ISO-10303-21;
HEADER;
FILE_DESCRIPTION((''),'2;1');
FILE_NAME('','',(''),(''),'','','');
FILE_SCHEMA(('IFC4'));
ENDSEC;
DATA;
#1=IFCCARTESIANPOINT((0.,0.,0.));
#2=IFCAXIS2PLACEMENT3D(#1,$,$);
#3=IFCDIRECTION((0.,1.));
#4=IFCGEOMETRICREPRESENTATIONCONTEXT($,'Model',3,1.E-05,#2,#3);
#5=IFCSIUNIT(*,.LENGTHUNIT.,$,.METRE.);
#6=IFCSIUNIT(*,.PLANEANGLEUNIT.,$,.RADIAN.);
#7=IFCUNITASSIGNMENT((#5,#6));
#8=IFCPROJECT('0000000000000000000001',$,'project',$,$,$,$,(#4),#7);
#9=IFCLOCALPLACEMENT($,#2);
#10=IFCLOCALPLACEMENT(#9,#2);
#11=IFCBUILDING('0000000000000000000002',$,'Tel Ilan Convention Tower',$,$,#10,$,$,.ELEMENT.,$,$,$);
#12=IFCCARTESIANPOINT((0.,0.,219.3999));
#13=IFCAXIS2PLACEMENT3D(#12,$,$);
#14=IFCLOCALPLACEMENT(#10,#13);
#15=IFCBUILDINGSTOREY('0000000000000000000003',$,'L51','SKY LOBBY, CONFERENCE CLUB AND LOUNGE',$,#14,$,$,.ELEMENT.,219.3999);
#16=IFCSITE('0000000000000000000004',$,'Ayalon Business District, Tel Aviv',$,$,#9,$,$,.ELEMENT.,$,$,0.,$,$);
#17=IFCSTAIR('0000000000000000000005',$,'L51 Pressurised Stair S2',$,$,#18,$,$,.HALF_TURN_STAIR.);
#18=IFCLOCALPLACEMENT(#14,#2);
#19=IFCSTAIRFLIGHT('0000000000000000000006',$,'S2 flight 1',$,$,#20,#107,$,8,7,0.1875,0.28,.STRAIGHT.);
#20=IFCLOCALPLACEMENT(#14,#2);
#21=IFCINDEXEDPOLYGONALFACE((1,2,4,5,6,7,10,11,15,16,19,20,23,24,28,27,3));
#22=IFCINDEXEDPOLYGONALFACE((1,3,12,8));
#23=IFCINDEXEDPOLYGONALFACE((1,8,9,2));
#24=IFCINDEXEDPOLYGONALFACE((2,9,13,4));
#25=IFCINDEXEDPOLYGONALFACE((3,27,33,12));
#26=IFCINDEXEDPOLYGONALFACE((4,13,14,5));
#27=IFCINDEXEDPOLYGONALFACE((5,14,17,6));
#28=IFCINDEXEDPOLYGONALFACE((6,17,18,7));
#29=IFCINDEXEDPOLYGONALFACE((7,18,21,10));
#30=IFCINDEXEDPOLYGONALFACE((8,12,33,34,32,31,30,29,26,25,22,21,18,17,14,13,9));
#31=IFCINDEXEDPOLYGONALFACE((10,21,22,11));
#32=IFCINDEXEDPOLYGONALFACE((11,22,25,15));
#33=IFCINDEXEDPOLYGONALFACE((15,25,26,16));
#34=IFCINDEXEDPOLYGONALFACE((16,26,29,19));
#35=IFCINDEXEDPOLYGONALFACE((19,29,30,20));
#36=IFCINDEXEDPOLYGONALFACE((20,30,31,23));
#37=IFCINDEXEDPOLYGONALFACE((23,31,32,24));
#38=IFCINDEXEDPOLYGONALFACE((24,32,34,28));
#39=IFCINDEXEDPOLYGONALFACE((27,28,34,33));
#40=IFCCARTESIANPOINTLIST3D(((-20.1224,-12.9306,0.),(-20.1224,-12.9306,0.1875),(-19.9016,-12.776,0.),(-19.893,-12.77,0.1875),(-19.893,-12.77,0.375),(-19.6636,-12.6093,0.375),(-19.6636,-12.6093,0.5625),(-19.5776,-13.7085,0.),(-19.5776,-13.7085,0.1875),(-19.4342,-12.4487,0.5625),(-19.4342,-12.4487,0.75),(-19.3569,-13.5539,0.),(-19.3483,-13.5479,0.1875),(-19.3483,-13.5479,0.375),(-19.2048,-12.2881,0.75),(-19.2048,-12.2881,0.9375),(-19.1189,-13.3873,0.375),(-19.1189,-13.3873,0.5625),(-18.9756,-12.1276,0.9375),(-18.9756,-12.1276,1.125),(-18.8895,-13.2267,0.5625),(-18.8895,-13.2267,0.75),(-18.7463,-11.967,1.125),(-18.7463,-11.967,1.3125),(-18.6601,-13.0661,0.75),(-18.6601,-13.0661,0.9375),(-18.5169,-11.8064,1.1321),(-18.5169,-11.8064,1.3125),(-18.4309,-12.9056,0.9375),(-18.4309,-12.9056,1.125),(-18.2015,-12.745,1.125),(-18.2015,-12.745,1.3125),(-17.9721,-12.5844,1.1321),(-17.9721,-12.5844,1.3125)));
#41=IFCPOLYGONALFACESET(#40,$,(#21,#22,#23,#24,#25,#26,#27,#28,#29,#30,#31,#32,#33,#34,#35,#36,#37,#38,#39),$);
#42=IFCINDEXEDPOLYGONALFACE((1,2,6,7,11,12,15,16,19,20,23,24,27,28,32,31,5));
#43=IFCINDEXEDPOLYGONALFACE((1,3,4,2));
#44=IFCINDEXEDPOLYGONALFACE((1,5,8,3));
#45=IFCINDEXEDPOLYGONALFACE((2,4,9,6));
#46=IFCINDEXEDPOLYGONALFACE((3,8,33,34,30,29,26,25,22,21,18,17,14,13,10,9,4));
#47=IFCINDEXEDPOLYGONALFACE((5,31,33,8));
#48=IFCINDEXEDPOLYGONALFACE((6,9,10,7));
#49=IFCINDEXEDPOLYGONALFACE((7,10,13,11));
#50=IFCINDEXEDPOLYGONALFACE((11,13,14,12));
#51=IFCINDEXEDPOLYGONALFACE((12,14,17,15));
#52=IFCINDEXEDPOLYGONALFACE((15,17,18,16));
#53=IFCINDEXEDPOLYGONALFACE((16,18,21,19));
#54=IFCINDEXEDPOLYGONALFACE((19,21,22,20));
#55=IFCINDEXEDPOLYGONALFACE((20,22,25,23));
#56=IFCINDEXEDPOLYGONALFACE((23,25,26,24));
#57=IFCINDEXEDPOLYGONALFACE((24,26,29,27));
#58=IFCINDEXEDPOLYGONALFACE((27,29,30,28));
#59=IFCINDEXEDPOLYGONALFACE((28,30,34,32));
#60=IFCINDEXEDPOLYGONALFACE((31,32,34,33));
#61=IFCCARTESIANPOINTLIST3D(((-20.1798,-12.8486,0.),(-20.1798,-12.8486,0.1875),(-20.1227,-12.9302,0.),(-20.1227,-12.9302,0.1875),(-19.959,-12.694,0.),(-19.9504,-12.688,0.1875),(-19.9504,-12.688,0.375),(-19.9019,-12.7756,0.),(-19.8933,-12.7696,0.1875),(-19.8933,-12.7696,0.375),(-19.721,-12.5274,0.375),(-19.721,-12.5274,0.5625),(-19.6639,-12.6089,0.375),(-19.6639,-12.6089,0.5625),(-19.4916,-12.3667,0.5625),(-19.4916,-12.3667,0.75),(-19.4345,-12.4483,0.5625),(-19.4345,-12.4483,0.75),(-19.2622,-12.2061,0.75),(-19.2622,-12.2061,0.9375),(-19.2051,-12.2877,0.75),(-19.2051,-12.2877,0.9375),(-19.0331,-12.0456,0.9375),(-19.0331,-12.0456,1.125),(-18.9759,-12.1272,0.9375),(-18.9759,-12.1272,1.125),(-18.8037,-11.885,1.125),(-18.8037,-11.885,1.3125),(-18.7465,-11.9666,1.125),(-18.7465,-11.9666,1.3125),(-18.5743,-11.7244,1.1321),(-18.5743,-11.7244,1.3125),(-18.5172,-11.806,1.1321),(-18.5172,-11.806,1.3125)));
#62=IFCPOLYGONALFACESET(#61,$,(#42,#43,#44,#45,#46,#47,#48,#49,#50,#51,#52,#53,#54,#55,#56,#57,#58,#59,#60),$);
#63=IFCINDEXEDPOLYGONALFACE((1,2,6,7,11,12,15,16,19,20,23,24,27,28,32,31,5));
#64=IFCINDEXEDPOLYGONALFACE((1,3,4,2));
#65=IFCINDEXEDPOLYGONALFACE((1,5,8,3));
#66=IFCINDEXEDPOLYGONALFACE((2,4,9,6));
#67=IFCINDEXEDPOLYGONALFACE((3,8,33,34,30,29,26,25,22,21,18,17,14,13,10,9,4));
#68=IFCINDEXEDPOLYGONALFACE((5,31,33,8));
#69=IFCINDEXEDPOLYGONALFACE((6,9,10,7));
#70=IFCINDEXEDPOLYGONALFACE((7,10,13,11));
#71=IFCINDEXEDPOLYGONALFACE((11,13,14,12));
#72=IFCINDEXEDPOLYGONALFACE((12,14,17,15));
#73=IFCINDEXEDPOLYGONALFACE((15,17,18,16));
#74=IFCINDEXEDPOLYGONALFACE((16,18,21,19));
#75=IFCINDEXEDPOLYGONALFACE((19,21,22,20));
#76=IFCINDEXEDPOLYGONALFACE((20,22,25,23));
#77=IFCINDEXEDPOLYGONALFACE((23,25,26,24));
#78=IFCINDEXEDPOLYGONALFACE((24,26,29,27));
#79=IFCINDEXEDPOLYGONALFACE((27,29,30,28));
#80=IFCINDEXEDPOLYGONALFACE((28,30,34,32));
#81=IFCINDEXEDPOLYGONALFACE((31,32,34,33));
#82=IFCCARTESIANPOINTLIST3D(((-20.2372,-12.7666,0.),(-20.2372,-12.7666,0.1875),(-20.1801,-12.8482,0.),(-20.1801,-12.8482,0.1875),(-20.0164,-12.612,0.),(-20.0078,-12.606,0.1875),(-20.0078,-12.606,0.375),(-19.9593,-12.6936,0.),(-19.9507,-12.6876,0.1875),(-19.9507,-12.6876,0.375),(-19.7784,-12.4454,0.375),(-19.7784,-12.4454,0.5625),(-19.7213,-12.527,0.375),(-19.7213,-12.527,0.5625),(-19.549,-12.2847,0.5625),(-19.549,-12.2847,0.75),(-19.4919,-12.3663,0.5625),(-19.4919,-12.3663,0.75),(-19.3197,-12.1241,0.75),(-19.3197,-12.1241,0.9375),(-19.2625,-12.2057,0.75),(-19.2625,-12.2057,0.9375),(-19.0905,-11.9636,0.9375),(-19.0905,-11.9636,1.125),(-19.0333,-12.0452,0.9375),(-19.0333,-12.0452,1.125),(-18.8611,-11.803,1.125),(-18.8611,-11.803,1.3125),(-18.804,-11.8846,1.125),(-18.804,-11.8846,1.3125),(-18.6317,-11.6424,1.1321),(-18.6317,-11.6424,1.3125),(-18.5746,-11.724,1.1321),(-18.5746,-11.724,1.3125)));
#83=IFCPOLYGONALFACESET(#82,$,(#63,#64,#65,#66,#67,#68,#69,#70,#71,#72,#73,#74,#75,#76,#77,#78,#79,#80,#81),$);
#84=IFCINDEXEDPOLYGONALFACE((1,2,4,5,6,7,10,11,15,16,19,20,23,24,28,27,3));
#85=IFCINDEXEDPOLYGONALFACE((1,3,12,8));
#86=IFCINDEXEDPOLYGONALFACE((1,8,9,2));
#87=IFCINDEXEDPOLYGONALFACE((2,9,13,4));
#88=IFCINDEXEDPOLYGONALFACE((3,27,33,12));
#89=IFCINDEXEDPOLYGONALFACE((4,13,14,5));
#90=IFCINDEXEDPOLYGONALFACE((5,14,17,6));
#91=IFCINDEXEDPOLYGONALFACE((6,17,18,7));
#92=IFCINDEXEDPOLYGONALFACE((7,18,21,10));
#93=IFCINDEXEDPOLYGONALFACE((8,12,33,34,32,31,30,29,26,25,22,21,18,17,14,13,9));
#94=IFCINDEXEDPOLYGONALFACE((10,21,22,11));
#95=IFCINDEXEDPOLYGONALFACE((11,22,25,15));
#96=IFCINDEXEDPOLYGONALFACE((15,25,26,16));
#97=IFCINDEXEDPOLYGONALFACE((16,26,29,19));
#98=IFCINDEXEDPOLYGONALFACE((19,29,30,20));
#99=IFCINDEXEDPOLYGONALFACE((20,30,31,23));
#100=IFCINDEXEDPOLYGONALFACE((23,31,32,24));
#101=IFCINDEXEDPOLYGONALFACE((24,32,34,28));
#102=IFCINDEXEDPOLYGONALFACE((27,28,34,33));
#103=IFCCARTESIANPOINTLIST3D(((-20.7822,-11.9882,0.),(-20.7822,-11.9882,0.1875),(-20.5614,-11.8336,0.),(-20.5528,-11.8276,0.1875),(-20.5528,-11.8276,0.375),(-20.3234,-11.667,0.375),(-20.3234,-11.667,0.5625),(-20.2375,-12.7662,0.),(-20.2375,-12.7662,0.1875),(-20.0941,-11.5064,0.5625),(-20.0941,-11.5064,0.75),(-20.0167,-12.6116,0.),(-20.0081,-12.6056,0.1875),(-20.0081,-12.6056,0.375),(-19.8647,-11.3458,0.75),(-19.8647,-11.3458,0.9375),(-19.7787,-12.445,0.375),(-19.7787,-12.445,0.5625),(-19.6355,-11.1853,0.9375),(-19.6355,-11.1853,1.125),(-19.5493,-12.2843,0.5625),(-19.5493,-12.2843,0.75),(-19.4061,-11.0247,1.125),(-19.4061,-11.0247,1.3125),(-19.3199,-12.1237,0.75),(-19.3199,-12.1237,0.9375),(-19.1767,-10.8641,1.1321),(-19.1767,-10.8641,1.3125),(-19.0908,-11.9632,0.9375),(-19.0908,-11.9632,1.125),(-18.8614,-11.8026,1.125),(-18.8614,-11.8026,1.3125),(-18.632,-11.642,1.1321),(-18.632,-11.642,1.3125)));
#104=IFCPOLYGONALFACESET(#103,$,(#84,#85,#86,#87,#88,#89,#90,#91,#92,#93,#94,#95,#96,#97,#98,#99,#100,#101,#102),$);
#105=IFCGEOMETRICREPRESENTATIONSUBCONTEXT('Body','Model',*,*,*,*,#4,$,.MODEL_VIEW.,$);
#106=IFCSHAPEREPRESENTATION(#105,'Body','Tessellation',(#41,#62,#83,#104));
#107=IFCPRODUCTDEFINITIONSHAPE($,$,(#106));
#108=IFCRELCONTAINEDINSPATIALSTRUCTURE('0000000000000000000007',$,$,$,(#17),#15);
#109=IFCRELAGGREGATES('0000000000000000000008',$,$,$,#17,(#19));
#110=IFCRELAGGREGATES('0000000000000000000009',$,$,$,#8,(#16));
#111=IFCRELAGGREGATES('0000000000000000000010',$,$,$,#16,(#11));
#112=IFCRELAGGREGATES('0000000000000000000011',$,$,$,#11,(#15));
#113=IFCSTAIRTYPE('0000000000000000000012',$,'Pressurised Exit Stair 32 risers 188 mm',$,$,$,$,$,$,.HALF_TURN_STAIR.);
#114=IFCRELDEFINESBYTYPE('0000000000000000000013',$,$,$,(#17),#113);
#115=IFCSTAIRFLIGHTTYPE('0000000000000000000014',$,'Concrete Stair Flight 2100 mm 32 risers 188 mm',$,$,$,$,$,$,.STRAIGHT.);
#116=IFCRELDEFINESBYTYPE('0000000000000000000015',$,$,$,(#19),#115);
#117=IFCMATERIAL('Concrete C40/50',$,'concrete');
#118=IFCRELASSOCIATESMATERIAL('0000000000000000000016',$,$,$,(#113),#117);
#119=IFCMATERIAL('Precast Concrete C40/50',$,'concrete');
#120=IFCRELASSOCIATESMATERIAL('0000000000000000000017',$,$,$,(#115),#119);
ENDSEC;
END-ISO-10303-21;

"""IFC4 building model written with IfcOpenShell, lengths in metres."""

from ifc_helpers import new_model, si_unit, direction, frame, origin, place, context, subcontext, project, spatial, polyline, outline, extrude, material, type_object, element, aggregate, save


model = new_model("IFC4")

# Units and contexts
model_context = context("Model", 3, precision=1e-05, world=origin(), true_north=direction((0.0, 1.0)))
body_context = subcontext(model_context, "Body", "Model", "MODEL_VIEW")
ifc_project = project(units=[si_unit("LENGTHUNIT", "METRE"), si_unit("PLANEANGLEUNIT", "RADIAN")], contexts=[model_context])

# Site, building, storey
site_placement = place(None, origin())
site = spatial("IfcSite", under=ifc_project, at=site_placement, Name="Ayalon Business District, Tel Aviv", CompositionType="ELEMENT", RefElevation=0.0)
building_placement = place(site_placement, origin())
building = spatial("IfcBuilding", under=site, at=building_placement, Name="Tel Ilan Convention Tower", CompositionType="ELEMENT")
storey_placement = place(building_placement, frame((0.0, 0.0, 219.3999)))
storey = spatial("IfcBuildingStorey", under=building, at=storey_placement, Name="L51", Description="SKY LOBBY, CONFERENCE CLUB AND LOUNGE", CompositionType="ELEMENT", Elevation=219.3999)

# Stair, stair flight
ifc_material_1 = material(Name="Concrete C40/50", Category="concrete")
stair_type = type_object("IfcStairType", Name="Pressurised Exit Stair 32 risers 188 mm", PredefinedType="HALF_TURN_STAIR", material=ifc_material_1)
stair_placement = place(storey_placement, origin())
stair = element("IfcStair", 1, at=stair_placement, inside=storey, type_object=stair_type, Name="L51 Pressurised Stair S2", PredefinedType="HALF_TURN_STAIR")
ifc_material_2 = material(Name="Precast Concrete C40/50", Category="concrete")
stair_flight_type = type_object("IfcStairFlightType", Name="Concrete Stair Flight 2100 mm 32 risers 188 mm", PredefinedType="STRAIGHT", material=ifc_material_2)
stair_flight_1_placement = place(storey_placement, frame((-20.1799, -12.8484, 0.0), z_axis=(0.0, 0.0, 1.0), x_axis=(0.819152, 0.573576, 0.0)))
stair_flight_1 = element("IfcStairFlight", 2, at=stair_flight_1_placement, type_object=stair_flight_type, Name="S2 flight 1", NumberOfRisers=8, NumberOfTreads=7, PredefinedType="STRAIGHT", RiserHeight=0.1875, TreadLength=0.28, context=body_context, shape_type="SweptSolid", body=[
    extrude(outline(polyline([(0.0, 0.0), (0.0, 0.1875), (0.28, 0.1875), (0.28, 0.375), (0.5601, 0.375), (0.5601, 0.5625), (0.8401, 0.5625), (0.8401, 0.75), (1.1201, 0.75), (1.1201, 0.9375), (1.3999, 0.9375), (1.3999, 1.125), (1.6799, 1.125), (1.6799, 1.3125), (1.96, 1.3125), (1.96, 1.5), (1.96, 1.1321), (0.2695, 0.0), (0.0, 0.0)])), frame((0.0, -0.1003, 0.0), z_axis=(0.0, -1.0, 0.0), x_axis=(1.0, 0.0, 0.0)), (0.0, 0.0, 1.0), 0.9497),
    extrude(outline(polyline([(0.0, 0.0), (0.0, 0.1875), (0.28, 0.1875), (0.28, 0.375), (0.5601, 0.375), (0.5601, 0.5625), (0.8401, 0.5625), (0.8401, 0.75), (1.1201, 0.75), (1.1201, 0.9375), (1.3999, 0.9375), (1.3999, 1.125), (1.6799, 1.125), (1.6799, 1.3125), (1.96, 1.3125), (1.96, 1.5), (1.96, 1.1321), (0.2695, 0.0), (0.0, 0.0)])), frame((0.0, -0.0002, 0.0), z_axis=(0.0, -1.0, 0.0), x_axis=(1.0, 0.0, 0.0)), (0.0, 0.0, 1.0), 0.0996),
    extrude(outline(polyline([(0.0, 0.0), (0.0, 0.1875), (0.28, 0.1875), (0.28, 0.375), (0.5601, 0.375), (0.5601, 0.5625), (0.8401, 0.5625), (0.8401, 0.75), (1.1201, 0.75), (1.1201, 0.9375), (1.3999, 0.9375), (1.3999, 1.125), (1.6799, 1.125), (1.6799, 1.3125), (1.96, 1.3125), (1.96, 1.5), (1.96, 1.1321), (0.2695, 0.0), (0.0, 0.0)])), frame((0.0, 0.0999, 0.0), z_axis=(0.0, -1.0, 0.0), x_axis=(1.0, 0.0, 0.0)), (0.0, 0.0, 1.0), 0.0996),
    extrude(outline(polyline([(0.0, 0.0), (0.0, 0.1875), (0.28, 0.1875), (0.28, 0.375), (0.5601, 0.375), (0.5601, 0.5625), (0.8401, 0.5625), (0.8401, 0.75), (1.1201, 0.75), (1.1201, 0.9375), (1.3999, 0.9375), (1.3999, 1.125), (1.6799, 1.125), (1.6799, 1.3125), (1.96, 1.3125), (1.96, 1.5), (1.96, 1.1321), (0.2695, 0.0), (0.0, 0.0)])), frame((0.0, 1.05, 0.0), z_axis=(0.0, -1.0, 0.0), x_axis=(1.0, 0.0, 0.0)), (0.0, 0.0, 1.0), 0.9497),
])
aggregate(stair, [stair_flight_1])

save(model, "model.ifc")
